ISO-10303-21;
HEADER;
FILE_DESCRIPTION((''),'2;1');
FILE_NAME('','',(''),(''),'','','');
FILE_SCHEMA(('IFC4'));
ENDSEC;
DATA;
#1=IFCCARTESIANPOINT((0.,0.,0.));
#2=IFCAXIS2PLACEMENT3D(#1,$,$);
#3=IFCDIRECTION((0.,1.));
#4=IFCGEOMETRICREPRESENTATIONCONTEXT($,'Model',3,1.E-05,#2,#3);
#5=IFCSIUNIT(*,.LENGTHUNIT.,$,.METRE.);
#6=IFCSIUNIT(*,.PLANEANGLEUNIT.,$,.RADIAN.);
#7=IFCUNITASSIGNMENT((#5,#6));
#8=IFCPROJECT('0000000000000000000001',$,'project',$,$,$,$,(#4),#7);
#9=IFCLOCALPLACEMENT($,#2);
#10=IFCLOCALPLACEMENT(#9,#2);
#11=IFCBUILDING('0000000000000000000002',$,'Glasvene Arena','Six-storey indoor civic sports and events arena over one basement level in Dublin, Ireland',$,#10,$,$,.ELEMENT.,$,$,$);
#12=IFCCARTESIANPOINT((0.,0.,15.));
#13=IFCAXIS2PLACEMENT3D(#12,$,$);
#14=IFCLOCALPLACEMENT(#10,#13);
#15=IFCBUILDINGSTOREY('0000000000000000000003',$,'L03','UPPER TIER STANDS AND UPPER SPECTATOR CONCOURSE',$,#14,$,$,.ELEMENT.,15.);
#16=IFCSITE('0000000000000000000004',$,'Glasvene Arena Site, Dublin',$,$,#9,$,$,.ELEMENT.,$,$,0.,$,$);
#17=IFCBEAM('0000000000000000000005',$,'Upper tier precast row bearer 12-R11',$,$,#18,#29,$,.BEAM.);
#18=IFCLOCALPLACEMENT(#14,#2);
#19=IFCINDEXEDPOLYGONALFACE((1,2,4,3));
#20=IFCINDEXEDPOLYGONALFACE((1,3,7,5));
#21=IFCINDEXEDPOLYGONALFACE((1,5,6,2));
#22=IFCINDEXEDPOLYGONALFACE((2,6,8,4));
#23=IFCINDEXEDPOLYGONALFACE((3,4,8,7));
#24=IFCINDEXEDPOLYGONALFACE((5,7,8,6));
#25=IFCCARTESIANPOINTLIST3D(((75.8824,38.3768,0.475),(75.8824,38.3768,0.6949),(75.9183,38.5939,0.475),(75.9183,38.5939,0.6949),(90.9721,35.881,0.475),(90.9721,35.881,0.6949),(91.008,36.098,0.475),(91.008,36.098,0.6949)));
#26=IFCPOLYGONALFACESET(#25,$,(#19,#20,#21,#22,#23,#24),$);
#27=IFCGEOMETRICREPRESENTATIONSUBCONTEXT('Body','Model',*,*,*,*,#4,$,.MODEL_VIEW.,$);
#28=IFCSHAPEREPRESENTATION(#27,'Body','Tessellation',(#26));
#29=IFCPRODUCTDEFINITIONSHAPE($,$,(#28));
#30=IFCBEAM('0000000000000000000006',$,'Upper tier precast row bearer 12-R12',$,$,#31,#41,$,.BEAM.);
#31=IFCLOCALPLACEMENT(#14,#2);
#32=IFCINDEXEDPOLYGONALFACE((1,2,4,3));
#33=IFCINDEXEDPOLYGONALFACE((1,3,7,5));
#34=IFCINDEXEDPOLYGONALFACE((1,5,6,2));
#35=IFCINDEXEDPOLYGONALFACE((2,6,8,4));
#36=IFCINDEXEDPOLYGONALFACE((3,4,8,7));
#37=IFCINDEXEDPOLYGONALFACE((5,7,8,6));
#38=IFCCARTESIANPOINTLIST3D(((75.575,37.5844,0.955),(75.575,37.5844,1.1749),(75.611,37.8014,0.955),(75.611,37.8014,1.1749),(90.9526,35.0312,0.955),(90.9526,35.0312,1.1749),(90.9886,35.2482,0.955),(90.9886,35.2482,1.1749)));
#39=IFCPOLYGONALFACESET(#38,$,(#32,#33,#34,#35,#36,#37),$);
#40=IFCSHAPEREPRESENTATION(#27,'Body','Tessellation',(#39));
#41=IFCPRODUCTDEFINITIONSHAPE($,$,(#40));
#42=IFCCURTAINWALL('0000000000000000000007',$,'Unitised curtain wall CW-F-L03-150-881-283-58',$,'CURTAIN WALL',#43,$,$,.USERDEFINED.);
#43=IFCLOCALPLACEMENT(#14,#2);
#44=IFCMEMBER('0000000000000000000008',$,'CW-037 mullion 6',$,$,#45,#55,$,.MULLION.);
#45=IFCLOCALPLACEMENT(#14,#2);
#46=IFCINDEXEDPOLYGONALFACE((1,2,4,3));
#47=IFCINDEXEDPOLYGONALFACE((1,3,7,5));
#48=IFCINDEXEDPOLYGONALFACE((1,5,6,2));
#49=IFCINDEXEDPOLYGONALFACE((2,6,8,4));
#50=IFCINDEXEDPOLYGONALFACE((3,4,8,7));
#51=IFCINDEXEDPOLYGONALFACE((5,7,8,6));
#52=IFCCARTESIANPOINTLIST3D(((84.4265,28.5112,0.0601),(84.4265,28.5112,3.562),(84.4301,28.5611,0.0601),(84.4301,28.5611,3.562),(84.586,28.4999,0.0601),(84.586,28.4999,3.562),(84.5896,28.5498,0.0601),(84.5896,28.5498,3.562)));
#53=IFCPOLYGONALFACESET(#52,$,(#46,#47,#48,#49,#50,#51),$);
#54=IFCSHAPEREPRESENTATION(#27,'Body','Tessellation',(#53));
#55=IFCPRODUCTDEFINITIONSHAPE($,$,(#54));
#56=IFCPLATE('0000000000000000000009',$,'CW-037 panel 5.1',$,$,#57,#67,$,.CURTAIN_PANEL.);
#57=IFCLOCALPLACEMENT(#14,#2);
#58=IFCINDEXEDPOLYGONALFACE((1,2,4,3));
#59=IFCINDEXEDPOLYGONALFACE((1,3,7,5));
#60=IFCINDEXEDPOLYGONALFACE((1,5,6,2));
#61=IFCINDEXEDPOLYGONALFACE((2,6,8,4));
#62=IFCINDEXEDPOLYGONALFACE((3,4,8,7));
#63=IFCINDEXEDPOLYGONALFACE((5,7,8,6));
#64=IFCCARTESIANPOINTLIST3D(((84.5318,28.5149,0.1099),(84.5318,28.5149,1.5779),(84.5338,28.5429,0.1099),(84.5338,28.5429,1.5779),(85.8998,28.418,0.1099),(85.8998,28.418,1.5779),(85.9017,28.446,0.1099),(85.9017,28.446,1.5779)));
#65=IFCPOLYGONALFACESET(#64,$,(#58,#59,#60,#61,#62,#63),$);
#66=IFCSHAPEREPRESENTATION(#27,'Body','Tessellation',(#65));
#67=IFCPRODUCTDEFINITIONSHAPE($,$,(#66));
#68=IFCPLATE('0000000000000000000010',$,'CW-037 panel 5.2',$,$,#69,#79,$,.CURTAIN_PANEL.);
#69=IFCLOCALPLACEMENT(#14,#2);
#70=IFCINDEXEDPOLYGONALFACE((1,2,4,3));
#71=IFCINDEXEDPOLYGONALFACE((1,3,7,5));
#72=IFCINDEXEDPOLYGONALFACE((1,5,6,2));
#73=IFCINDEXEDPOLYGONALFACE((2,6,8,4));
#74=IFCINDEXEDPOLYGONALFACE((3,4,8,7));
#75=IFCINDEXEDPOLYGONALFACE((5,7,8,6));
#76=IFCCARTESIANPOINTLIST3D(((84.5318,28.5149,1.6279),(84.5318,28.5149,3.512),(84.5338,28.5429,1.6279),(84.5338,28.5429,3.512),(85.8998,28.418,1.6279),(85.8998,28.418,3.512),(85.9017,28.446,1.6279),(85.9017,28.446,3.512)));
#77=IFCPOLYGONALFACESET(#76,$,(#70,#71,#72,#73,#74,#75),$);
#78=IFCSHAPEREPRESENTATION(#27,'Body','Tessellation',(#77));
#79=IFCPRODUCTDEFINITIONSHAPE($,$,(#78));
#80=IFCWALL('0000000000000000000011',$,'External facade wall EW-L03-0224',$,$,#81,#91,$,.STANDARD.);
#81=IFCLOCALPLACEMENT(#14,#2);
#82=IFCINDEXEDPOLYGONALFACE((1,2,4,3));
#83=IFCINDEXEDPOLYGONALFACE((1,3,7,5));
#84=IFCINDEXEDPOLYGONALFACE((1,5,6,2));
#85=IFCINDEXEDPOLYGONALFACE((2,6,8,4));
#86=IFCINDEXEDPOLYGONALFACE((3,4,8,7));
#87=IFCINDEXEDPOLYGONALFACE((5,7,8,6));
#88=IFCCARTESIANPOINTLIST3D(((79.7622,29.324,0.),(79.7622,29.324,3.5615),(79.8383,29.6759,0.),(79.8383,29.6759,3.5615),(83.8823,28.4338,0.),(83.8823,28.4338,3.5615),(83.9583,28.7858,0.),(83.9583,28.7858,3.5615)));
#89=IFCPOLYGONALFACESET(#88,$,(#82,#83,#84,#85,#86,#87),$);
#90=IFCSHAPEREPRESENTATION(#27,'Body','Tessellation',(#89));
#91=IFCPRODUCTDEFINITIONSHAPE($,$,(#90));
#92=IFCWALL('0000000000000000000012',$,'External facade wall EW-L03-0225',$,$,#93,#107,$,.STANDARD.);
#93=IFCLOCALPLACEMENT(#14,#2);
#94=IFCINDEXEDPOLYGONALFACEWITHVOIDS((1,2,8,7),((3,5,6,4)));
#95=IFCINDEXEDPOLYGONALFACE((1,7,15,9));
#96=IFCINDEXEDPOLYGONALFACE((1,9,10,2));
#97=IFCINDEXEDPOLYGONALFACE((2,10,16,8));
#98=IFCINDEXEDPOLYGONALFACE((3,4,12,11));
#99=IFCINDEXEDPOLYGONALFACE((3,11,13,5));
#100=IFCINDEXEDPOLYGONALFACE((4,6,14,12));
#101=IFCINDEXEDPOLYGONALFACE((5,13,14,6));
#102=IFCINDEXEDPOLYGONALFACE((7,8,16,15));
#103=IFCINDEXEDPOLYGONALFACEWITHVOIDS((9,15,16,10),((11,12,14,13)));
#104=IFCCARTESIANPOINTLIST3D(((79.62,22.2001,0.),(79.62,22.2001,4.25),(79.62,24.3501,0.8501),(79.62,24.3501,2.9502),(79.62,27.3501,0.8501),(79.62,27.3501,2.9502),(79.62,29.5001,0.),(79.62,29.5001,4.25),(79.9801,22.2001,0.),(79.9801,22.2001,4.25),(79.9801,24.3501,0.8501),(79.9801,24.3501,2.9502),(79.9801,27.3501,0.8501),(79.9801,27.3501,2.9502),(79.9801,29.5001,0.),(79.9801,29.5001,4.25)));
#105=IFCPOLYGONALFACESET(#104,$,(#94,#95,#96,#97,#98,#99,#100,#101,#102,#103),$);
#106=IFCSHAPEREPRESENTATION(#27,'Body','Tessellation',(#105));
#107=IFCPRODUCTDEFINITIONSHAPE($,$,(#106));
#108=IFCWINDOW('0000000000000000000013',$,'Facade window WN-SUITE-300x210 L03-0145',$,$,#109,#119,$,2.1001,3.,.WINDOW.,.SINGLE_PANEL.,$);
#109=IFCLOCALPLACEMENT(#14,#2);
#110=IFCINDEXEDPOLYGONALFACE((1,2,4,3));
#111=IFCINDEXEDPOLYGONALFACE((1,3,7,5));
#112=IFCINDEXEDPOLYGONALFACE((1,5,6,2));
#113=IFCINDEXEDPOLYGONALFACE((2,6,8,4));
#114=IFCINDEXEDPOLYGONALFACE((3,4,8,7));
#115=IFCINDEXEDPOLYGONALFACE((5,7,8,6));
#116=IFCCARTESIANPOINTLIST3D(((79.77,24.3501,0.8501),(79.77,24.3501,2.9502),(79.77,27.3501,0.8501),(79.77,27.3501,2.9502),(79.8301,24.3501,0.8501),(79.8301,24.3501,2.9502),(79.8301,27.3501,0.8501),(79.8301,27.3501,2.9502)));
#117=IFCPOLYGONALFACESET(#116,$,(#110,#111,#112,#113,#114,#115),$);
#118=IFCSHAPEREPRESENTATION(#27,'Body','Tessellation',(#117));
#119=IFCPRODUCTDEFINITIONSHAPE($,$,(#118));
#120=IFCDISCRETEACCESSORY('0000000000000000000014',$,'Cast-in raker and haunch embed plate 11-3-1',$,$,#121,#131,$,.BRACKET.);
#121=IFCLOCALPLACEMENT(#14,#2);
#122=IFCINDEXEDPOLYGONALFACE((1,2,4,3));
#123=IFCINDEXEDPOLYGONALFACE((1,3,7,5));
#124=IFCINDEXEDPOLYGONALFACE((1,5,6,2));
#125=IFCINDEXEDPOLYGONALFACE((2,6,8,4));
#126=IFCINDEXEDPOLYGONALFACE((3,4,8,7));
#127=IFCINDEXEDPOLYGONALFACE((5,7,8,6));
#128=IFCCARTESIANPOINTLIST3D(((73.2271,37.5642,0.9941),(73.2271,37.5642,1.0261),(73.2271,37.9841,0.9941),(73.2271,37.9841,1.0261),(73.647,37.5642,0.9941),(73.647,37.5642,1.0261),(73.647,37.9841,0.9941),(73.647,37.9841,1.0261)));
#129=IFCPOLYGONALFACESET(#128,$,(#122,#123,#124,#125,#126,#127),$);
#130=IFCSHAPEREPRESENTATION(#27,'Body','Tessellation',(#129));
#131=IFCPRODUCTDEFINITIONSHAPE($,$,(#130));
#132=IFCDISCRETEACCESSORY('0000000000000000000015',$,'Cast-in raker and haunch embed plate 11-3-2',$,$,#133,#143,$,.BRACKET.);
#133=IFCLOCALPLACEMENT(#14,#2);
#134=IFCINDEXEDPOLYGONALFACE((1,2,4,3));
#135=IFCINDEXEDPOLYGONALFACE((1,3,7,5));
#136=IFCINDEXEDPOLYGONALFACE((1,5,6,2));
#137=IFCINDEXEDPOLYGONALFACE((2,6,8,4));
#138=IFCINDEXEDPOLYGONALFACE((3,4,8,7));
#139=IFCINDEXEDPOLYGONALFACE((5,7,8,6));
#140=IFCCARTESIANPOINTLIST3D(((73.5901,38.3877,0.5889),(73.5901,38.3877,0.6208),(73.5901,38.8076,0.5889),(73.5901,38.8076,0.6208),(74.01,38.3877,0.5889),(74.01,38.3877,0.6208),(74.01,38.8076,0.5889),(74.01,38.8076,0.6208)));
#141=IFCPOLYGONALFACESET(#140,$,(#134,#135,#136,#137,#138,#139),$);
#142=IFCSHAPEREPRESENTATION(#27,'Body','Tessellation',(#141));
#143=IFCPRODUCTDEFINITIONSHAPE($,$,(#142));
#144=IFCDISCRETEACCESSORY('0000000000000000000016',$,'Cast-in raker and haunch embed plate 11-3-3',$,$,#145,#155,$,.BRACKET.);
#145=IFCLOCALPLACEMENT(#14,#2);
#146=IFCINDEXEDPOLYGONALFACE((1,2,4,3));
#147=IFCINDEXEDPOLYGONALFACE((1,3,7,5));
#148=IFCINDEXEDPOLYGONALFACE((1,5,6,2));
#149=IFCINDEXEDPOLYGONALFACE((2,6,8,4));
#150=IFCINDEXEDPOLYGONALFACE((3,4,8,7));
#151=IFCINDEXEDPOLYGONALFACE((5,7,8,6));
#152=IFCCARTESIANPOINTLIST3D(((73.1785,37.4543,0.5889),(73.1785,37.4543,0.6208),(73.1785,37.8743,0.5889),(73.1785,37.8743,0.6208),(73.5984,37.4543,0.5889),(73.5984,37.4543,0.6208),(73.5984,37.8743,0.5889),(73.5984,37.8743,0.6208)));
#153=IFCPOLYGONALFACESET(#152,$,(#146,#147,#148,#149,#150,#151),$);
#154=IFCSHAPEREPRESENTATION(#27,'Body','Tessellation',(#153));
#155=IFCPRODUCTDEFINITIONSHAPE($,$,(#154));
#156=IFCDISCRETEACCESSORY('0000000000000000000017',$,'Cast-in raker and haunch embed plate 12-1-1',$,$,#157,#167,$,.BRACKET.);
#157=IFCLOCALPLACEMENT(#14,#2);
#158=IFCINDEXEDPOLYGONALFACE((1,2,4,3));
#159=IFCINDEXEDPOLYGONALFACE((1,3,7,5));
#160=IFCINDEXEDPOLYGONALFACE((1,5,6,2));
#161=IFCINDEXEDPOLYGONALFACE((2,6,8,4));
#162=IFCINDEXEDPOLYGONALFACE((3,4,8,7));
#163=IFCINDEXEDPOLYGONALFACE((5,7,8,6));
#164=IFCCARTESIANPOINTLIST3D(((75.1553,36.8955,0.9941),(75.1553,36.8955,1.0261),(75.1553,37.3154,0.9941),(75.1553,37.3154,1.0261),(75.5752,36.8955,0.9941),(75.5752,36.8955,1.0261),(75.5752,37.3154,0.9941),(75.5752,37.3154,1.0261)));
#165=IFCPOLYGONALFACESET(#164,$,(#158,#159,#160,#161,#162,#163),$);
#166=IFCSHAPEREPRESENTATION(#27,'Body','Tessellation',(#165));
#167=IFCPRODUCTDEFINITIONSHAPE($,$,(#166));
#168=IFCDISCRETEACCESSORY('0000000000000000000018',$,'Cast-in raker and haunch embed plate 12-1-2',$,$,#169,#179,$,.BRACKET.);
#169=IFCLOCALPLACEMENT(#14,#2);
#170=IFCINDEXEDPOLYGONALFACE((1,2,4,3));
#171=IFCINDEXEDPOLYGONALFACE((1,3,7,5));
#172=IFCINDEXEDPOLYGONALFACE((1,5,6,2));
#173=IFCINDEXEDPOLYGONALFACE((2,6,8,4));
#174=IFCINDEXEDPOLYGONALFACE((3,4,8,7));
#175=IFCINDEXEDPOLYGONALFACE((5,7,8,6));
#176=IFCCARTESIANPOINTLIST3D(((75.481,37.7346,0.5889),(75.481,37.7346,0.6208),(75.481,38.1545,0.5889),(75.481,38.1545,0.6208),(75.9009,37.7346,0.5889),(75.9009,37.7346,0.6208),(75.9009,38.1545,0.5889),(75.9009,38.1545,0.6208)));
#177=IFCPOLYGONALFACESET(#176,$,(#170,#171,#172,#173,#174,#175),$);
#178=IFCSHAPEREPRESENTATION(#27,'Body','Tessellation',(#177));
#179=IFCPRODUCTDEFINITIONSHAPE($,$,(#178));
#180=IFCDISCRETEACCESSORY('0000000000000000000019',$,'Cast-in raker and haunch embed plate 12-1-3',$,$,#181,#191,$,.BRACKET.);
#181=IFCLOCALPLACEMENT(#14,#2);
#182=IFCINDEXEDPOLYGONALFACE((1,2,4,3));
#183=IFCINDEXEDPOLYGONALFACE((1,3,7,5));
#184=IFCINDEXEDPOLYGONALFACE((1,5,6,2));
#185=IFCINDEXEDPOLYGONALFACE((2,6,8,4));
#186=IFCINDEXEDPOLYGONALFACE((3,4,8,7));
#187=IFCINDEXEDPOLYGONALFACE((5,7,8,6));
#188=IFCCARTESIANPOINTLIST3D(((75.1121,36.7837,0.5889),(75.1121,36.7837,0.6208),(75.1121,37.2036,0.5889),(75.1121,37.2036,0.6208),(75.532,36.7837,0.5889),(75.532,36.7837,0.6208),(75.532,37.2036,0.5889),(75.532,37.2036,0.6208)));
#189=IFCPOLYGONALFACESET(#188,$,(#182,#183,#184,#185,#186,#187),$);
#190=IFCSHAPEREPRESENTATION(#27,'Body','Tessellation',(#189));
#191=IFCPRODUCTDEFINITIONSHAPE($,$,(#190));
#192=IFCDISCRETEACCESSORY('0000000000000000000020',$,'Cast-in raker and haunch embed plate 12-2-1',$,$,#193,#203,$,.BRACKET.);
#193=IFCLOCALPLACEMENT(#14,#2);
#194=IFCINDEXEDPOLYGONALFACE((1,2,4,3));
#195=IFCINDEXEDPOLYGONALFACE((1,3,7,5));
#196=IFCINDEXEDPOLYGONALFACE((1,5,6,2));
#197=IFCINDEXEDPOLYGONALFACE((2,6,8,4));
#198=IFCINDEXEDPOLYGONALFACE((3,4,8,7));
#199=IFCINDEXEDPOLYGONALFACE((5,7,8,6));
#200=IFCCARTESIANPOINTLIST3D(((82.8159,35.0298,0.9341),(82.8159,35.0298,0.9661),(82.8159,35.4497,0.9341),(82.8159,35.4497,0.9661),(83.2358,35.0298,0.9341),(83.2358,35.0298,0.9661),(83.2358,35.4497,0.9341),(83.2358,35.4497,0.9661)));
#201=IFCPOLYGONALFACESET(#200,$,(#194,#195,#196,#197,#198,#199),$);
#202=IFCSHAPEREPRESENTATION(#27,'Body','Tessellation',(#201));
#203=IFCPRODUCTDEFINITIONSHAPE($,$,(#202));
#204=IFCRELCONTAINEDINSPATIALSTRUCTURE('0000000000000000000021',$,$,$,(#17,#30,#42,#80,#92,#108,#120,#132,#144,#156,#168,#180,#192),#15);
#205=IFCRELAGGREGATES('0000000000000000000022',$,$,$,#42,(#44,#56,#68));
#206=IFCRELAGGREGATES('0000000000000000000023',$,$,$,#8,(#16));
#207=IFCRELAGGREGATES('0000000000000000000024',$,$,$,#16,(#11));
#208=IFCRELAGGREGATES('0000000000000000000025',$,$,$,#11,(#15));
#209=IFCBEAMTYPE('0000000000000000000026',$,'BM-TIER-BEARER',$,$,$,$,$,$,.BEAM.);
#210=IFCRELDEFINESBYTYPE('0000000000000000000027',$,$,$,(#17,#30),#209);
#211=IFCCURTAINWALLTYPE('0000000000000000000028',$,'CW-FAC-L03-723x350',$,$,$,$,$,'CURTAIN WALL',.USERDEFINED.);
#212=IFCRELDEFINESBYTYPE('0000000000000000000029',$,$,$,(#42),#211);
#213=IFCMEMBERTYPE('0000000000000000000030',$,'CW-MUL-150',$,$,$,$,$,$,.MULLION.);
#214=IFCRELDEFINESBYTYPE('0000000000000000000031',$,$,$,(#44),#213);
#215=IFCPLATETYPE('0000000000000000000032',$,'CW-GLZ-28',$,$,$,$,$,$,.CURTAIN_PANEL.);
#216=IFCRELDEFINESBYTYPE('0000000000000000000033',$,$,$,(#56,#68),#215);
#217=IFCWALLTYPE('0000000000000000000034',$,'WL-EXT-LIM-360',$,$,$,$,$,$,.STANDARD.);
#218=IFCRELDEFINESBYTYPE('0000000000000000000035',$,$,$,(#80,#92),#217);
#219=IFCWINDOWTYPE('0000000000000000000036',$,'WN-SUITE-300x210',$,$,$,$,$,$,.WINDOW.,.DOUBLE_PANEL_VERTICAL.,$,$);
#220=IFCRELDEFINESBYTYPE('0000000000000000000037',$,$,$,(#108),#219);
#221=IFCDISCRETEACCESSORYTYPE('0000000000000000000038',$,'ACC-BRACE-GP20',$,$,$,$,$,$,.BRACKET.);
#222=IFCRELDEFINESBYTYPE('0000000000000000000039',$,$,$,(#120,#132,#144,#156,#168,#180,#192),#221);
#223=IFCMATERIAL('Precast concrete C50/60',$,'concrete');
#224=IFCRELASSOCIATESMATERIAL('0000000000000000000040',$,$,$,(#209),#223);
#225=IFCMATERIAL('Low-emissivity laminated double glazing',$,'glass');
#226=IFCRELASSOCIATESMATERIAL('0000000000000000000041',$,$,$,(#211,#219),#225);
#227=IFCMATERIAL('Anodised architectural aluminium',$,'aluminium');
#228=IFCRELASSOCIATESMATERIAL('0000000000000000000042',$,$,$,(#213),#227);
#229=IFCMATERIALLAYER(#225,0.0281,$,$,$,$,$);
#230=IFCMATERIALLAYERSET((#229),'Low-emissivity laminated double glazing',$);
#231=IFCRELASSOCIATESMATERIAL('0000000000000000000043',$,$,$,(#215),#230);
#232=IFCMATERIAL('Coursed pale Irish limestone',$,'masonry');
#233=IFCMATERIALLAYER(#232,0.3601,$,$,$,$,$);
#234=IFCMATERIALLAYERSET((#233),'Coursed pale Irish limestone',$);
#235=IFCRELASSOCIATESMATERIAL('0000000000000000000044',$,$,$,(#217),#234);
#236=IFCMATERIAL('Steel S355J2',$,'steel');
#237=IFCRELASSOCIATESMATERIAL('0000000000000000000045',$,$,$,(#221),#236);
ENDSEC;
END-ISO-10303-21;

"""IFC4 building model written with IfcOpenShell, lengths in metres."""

from ifc_helpers import new_model, si_unit, direction, frame, frame_2d, origin, origin_2d, place, context, subcontext, project, spatial, rectangle, extrude, material, layer, layer_set, material_profile, profile_set, type_object, element, fill, aggregate, save


model = new_model("IFC4")

# Units and contexts
model_context = context("Model", 3, precision=1e-05, world=origin(), true_north=direction((0.0, 1.0)))
body_context = subcontext(model_context, "Body", "Model", "MODEL_VIEW")
ifc_project = project(units=[si_unit("LENGTHUNIT", "METRE"), si_unit("PLANEANGLEUNIT", "RADIAN")], contexts=[model_context])

# Site, building, storey
site_placement = place(None, origin())
site = spatial("IfcSite", under=ifc_project, at=site_placement, Name="Glasvene Arena Site, Dublin", CompositionType="ELEMENT", RefElevation=0.0)
building_placement = place(site_placement, origin())
building = spatial("IfcBuilding", under=site, at=building_placement, Name="Glasvene Arena", Description="Six-storey indoor civic sports and events arena over one basement level in Dublin, Ireland", CompositionType="ELEMENT")
storey_placement = place(building_placement, frame((0.0, 0.0, 15.0)))
storey = spatial("IfcBuildingStorey", under=building, at=storey_placement, Name="L03", Description="UPPER TIER STANDS AND UPPER SPECTATOR CONCOURSE", CompositionType="ELEMENT", Elevation=15.0)

# Shared definitions
ifc_material_1 = material(Name="Steel S355J2", Category="steel")

# Beams
ifc_material_2 = material(Name="Precast concrete C50/60", Category="concrete")
ifc_material_profile_1 = material_profile(ifc_material_2, rectangle(XDim=0.22, YDim=0.22, at=origin_2d()), Name="RC 220x220")
ifc_profile_set_1 = profile_set([ifc_material_profile_1], Name="Precast concrete C50/60")
beam_type_1 = type_object("IfcBeamType", Name="BM-TIER-BEARER", PredefinedType="BEAM", material=ifc_profile_set_1)
beam_1_placement = place(storey_placement, frame((75.9004, 38.4854, 0.585), z_axis=(0.986596, -0.163185, 0.0), x_axis=(0.163185, 0.986596, 0.0)))
element("IfcBeam", 1, at=beam_1_placement, inside=storey, type_object=beam_type_1, Name="Upper tier precast row bearer 12-R11", PredefinedType="BEAM", context=body_context, shape_type="SweptSolid", body=[
    extrude(rectangle(XDim=0.22, YDim=0.22, at=origin_2d()), origin(), (0.0, 0.0, 1.0), 15.2947),
])
beam_2_placement = place(storey_placement, frame((75.593, 37.6929, 1.0649), z_axis=(0.986495, -0.163792, 0.0), x_axis=(0.163792, 0.986495, 0.0)))
element("IfcBeam", 2, at=beam_2_placement, inside=storey, type_object=beam_type_1, Name="Upper tier precast row bearer 12-R12", PredefinedType="BEAM", context=body_context, shape_type="SweptSolid", body=[
    extrude(rectangle(XDim=0.22, YDim=0.22, at=origin_2d()), origin(), (0.0, 0.0, 1.0), 15.5881),
])

# Curtain wall, member, plates
ifc_material_3 = material(Name="Low-emissivity laminated double glazing", Category="glass")
curtain_wall_type = type_object("IfcCurtainWallType", Name="CW-FAC-L03-723x350", ElementType="CURTAIN WALL", PredefinedType="USERDEFINED", material=ifc_material_3)
curtain_wall_placement = place(storey_placement, frame((91.696, 28.0215, 0.0)))
curtain_wall = element("IfcCurtainWall", 3, at=curtain_wall_placement, inside=storey, type_object=curtain_wall_type, Name="Unitised curtain wall CW-F-L03-150-881-283-58", ObjectType="CURTAIN WALL", PredefinedType="USERDEFINED")
ifc_material_4 = material(Name="Anodised architectural aluminium", Category="aluminium")
ifc_material_profile_2 = material_profile(ifc_material_4, rectangle(XDim=0.05, YDim=0.1599, at=origin_2d()), Name="ALU MULLION 50x160")
ifc_profile_set_2 = profile_set([ifc_material_profile_2], Name="Anodised architectural aluminium")
member_type = type_object("IfcMemberType", Name="CW-MUL-150", PredefinedType="MULLION", material=ifc_profile_set_2)
member_placement = place(storey_placement, frame((84.5081, 28.5305, 0.0601), z_axis=(0.0, 0.0, 1.0), x_axis=(-0.070652, -0.997501, 0.0)))
member = element("IfcMember", 4, at=member_placement, type_object=member_type, Name="CW-037 mullion 6", PredefinedType="MULLION", context=body_context, shape_type="SweptSolid", body=[
    extrude(rectangle(XDim=0.05, YDim=0.1599, at=origin_2d()), origin(), (0.0, 0.0, 1.0), 3.502),
])
ifc_layer_1 = layer(ifc_material_3, 0.0281)
ifc_layer_set_1 = layer_set([ifc_layer_1], Name="Low-emissivity laminated double glazing")
plate_type = type_object("IfcPlateType", Name="CW-GLZ-28", PredefinedType="CURTAIN_PANEL", material=ifc_layer_set_1)
plate_1_placement = place(storey_placement, frame((85.2168, 28.4805, 0.1099), z_axis=(0.0, 0.0, 1.0), x_axis=(-0.997501, 0.070652, 0.0)))
plate_1 = element("IfcPlate", 5, at=plate_1_placement, type_object=plate_type, Name="CW-037 panel 5.1", PredefinedType="CURTAIN_PANEL", context=body_context, shape_type="SweptSolid", body=[
    extrude(rectangle(XDim=1.3713, YDim=0.0281, at=origin_2d()), origin(), (0.0, 0.0, 1.0), 1.468),
])
plate_2_placement = place(storey_placement, frame((85.2168, 28.4805, 1.6279), z_axis=(0.0, 0.0, 1.0), x_axis=(-0.997501, 0.070652, 0.0)))
plate_2 = element("IfcPlate", 6, at=plate_2_placement, type_object=plate_type, Name="CW-037 panel 5.2", PredefinedType="CURTAIN_PANEL", context=body_context, shape_type="SweptSolid", body=[
    extrude(rectangle(XDim=1.3713, YDim=0.0281, at=origin_2d()), origin(), (0.0, 0.0, 1.0), 1.884),
])
aggregate(curtain_wall, [member, plate_1, plate_2])

# Wall
ifc_material_5 = material(Name="Coursed pale Irish limestone", Category="masonry")
ifc_layer_2 = layer(ifc_material_5, 0.3601)
ifc_layer_set_2 = layer_set([ifc_layer_2], Name="Coursed pale Irish limestone")
wall_type = type_object("IfcWallType", Name="WL-EXT-LIM-360", PredefinedType="STANDARD", material=ifc_layer_set_2)
wall_1_placement = place(storey_placement, frame((83.9202, 28.6099, 0.0), z_axis=(0.0, 0.0, 1.0), x_axis=(-0.977448, 0.211174, 0.0)))
element("IfcWall", 7, at=wall_1_placement, inside=storey, type_object=wall_type, Name="External facade wall EW-L03-0224", PredefinedType="STANDARD", context=body_context, shape_type="SweptSolid", body=[
    extrude(rectangle(XDim=4.2151, YDim=0.3601, at=frame_2d((2.1074, 0.0))), origin(), (0.0, 0.0, 1.0), 3.5615),
])

# Wall, opening, window
wall_2_placement = place(storey_placement, frame((79.8, 29.5, 0.0), z_axis=(0.0, 0.0, 1.0), x_axis=(0.0, -1.0, 0.0)))
wall_2 = element("IfcWall", 8, at=wall_2_placement, inside=storey, type_object=wall_type, Name="External facade wall EW-L03-0225", PredefinedType="STANDARD", context=body_context, shape_type="SweptSolid", body=[
    extrude(rectangle(XDim=7.3, YDim=0.3601, at=frame_2d((3.6499, 0.0))), origin(), (0.0, 0.0, 1.0), 4.25),
])
opening_placement = place(wall_2_placement, frame((2.1499, 0.0, 0.8501)))
opening = element("IfcOpeningElement", 9, at=opening_placement, cuts=wall_2, PredefinedType="OPENING", context=body_context, shape_type="SweptSolid", body=[
    extrude(rectangle(XDim=3.0, YDim=2.1001, at=frame_2d((1.5, 1.05))), frame((0.0, 0.1899, 0.0), z_axis=(0.0, -1.0, 0.0), x_axis=(1.0, 0.0, 0.0)), (0.0, 0.0, 1.0), 0.3801),
])
window_type = type_object("IfcWindowType", Name="WN-SUITE-300x210", PartitioningType="DOUBLE_PANEL_VERTICAL", PredefinedType="WINDOW", material=ifc_material_3)
window_placement = place(opening_placement, origin())
window = element("IfcWindow", 10, at=window_placement, inside=storey, type_object=window_type, Name="Facade window WN-SUITE-300x210 L03-0145", OverallHeight=2.1001, OverallWidth=3.0, PartitioningType="SINGLE_PANEL", PredefinedType="WINDOW", context=body_context, shape_type="SweptSolid", body=[
    extrude(rectangle(XDim=3.0, YDim=2.1001, at=frame_2d((1.5, 1.05))), frame((0.0, 0.03, 0.0), z_axis=(0.0, -1.0, 0.0), x_axis=(1.0, 0.0, 0.0)), (0.0, 0.0, 1.0), 0.0601),
])
fill(opening, window)

# Discrete accessories
discrete_accessory_type = type_object("IfcDiscreteAccessoryType", Name="ACC-BRACE-GP20", PredefinedType="BRACKET", material=ifc_material_1)
for number, where, z_axis, x_axis, name in (
    (11, (73.437, 37.7742, 0.9941), (0.0, 0.0, 1.0), (1.0, 0.0, 0.0), "Cast-in raker and haunch embed plate 11-3-1"),
    (12, (73.8, 38.5977, 0.5889), (0.0, 0.0, 1.0), (1.0, 0.0, 0.0), "Cast-in raker and haunch embed plate 11-3-2"),
    (13, (73.3884, 37.6643, 0.5889), (0.0, 0.0, 1.0), (1.0, 0.0, 0.0), "Cast-in raker and haunch embed plate 11-3-3"),
    (14, (75.3652, 37.1055, 0.9941), (0.0, 0.0, 1.0), (1.0, 0.0, 0.0), "Cast-in raker and haunch embed plate 12-1-1"),
    (15, (75.6909, 37.9446, 0.5889), (0.0, 0.0, 1.0), (1.0, 0.0, 0.0), "Cast-in raker and haunch embed plate 12-1-2"),
    (16, (75.322, 36.9937, 0.5889), (0.0, 0.0, 1.0), (1.0, 0.0, 0.0), "Cast-in raker and haunch embed plate 12-1-3"),
    (17, (83.0259, 35.2397, 0.9341), (0.0, 0.0, 1.0), (1.0, 0.0, 0.0), "Cast-in raker and haunch embed plate 12-2-1"),
):
    element("IfcDiscreteAccessory", number, at=place(storey_placement, frame(where, z_axis=z_axis, x_axis=x_axis)), inside=storey, type_object=discrete_accessory_type, Name=name, PredefinedType="BRACKET", context=body_context, shape_type="SweptSolid", body=[
        extrude(rectangle(XDim=0.4199, YDim=0.4199, at=origin_2d()), origin(), (0.0, 0.0, 1.0), 0.032),
    ])

save(model, "model.ifc")
